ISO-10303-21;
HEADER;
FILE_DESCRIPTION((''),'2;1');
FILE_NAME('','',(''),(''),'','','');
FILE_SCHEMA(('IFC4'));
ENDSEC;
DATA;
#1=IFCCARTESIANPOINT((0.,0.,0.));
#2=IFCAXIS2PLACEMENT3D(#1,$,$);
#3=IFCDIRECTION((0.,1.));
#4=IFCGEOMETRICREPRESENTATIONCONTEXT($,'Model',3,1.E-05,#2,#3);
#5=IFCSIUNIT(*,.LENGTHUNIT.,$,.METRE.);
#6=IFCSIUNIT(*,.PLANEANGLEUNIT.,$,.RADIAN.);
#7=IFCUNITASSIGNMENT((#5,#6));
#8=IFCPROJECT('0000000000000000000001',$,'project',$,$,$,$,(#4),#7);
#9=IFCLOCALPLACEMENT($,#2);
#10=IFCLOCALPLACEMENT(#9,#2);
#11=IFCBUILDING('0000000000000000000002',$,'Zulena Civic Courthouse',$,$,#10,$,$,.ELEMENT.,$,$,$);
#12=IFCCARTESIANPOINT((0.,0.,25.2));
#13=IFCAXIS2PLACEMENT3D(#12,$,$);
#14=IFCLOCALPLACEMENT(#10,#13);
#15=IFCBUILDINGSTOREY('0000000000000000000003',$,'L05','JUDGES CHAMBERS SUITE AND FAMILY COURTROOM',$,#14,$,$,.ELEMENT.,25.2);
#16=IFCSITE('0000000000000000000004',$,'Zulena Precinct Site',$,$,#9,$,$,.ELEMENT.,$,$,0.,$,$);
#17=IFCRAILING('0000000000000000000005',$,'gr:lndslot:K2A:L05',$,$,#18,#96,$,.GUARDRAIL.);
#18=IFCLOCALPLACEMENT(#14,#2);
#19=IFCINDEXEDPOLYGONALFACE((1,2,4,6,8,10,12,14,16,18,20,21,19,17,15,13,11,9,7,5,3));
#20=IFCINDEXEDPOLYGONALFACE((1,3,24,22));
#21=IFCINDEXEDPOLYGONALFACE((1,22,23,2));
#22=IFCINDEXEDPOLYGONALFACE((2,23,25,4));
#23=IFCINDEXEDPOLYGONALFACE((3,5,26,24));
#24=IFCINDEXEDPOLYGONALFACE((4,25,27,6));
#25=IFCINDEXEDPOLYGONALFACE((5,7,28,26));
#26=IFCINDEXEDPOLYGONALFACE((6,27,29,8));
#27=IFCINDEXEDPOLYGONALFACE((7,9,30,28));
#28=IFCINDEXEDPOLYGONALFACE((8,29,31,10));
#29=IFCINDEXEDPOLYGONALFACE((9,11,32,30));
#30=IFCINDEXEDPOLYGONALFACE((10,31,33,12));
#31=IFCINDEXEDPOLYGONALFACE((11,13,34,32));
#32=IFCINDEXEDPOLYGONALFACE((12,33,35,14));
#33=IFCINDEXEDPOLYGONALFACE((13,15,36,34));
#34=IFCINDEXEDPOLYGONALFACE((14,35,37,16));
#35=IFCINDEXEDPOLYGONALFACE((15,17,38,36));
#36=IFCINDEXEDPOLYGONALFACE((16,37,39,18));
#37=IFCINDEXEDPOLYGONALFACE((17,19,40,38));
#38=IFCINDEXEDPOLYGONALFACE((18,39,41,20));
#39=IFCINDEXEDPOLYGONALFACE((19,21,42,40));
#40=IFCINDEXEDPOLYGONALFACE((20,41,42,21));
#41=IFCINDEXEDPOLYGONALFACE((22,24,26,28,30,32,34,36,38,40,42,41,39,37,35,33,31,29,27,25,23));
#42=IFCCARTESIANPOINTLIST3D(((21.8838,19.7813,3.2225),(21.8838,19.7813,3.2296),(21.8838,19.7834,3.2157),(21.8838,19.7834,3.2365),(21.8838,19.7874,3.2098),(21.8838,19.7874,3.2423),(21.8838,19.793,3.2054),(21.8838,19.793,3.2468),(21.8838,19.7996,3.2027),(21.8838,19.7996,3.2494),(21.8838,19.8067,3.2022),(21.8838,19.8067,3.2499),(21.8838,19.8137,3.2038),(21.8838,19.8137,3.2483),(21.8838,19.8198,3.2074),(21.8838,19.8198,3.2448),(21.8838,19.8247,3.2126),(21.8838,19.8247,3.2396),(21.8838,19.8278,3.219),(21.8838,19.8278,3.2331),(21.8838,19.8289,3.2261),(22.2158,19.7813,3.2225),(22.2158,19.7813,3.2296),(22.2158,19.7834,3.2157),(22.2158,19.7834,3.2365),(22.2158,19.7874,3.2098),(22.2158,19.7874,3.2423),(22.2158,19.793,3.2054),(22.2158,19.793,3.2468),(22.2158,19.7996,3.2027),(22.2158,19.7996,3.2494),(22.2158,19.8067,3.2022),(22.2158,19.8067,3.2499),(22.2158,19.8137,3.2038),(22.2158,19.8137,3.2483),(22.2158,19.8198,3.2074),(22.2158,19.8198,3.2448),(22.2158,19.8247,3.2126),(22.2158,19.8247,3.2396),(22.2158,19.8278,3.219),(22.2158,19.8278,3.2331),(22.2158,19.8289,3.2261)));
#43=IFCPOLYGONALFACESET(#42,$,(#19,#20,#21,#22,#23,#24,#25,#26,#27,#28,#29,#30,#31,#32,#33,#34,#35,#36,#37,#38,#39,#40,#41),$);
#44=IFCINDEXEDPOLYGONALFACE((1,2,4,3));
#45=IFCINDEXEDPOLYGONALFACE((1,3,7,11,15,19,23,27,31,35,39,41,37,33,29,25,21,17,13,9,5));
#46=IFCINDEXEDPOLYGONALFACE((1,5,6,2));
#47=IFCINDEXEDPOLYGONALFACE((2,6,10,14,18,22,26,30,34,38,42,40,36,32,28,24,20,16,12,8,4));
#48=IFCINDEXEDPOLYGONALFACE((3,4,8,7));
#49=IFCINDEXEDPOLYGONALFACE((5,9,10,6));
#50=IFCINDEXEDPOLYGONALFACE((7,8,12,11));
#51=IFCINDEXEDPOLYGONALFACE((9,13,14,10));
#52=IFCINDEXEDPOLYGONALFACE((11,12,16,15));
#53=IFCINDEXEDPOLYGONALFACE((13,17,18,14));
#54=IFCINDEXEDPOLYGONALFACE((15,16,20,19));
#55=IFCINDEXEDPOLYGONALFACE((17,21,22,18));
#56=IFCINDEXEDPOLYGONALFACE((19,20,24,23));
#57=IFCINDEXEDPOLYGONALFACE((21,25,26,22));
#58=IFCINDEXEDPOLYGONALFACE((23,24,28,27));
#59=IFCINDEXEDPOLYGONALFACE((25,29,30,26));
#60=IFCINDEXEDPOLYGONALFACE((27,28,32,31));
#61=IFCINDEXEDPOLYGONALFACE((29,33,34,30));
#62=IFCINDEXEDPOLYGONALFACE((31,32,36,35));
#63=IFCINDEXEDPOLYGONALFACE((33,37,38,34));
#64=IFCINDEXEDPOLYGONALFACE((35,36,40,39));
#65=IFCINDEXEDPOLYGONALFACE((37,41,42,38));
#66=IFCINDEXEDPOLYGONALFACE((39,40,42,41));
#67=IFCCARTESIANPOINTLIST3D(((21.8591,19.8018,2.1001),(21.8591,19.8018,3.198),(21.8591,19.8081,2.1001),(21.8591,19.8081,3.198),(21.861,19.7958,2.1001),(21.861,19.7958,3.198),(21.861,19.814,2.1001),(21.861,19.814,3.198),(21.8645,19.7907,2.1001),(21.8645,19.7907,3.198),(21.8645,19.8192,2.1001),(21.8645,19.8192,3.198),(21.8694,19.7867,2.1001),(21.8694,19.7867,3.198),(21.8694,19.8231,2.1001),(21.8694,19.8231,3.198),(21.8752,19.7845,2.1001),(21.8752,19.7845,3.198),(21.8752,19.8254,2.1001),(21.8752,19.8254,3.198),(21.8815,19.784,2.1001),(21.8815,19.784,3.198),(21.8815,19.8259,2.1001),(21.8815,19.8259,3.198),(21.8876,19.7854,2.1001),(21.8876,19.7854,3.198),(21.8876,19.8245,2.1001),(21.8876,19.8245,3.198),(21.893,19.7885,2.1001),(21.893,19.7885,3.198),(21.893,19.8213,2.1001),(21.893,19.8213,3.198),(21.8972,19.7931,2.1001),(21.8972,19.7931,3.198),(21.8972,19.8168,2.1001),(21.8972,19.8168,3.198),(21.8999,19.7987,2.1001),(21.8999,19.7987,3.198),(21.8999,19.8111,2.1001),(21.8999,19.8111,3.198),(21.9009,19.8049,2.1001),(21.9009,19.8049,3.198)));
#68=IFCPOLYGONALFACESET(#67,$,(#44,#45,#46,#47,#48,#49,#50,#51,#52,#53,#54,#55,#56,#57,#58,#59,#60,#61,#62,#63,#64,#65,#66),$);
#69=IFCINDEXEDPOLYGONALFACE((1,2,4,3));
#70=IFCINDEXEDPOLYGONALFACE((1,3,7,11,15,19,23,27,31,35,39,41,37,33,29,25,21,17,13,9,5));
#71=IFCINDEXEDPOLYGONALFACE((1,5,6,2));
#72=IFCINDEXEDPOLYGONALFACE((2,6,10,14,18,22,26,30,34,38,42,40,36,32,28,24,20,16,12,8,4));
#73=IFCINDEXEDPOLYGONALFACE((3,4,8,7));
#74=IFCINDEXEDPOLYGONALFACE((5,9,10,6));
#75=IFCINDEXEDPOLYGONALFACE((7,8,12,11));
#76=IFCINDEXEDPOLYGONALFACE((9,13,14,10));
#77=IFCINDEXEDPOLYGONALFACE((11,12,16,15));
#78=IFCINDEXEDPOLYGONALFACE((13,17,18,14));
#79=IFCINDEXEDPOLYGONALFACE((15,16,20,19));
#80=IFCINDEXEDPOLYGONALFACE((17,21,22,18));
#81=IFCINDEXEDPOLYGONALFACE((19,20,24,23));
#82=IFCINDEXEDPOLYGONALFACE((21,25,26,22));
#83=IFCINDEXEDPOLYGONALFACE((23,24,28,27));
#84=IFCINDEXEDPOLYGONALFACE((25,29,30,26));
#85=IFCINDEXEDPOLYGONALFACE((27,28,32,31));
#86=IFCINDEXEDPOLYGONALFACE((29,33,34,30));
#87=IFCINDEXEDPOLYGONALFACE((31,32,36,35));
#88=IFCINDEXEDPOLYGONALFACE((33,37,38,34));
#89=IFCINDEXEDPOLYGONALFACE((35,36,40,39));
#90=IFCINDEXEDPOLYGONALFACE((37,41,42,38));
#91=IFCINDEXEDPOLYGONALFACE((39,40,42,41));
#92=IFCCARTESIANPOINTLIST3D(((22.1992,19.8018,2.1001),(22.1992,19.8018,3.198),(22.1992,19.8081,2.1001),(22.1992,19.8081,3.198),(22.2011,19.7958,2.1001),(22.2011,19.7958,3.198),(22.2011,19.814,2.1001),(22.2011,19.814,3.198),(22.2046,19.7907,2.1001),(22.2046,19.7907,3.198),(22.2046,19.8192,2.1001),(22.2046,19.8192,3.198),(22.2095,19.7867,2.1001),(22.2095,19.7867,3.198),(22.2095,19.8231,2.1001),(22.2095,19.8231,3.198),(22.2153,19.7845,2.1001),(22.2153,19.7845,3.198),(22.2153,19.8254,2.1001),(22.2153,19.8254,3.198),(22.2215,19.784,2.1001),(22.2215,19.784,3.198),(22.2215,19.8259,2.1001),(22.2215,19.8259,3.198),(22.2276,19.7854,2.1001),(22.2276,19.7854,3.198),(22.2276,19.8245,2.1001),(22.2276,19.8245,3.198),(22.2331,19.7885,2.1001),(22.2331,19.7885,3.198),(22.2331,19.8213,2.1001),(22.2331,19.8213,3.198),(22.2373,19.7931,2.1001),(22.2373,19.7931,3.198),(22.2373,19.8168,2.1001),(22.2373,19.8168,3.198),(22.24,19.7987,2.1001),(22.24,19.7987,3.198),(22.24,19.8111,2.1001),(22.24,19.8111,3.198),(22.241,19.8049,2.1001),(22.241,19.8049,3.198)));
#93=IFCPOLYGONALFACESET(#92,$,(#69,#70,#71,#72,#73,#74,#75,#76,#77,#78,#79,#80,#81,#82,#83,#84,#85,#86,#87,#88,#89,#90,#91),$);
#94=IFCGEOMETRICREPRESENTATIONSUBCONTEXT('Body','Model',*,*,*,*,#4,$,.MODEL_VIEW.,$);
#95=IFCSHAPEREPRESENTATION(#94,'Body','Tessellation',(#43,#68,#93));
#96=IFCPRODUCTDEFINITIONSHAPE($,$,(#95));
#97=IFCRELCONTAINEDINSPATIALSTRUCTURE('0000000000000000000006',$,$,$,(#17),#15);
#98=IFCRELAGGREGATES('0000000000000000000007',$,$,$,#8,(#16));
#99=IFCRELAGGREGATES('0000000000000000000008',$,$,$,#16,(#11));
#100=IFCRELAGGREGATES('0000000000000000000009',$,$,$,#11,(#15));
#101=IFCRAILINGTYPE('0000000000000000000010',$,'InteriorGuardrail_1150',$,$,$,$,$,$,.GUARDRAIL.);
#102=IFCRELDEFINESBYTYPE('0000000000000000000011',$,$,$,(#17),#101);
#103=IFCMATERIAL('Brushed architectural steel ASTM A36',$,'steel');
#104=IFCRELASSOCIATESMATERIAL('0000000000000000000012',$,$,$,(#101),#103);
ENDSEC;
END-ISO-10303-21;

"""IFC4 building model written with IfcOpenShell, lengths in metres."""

from ifc_helpers import new_model, si_unit, direction, frame, origin, origin_2d, place, context, subcontext, project, spatial, circle, extrude, material, type_object, element, save


model = new_model("IFC4")

# Units and contexts
model_context = context("Model", 3, precision=1e-05, world=origin(), true_north=direction((0.0, 1.0)))
body_context = subcontext(model_context, "Body", "Model", "MODEL_VIEW")
ifc_project = project(units=[si_unit("LENGTHUNIT", "METRE"), si_unit("PLANEANGLEUNIT", "RADIAN")], contexts=[model_context])

# Site, building, storey
site_placement = place(None, origin())
site = spatial("IfcSite", under=ifc_project, at=site_placement, Name="Zulena Precinct Site", CompositionType="ELEMENT", RefElevation=0.0)
building_placement = place(site_placement, origin())
building = spatial("IfcBuilding", under=site, at=building_placement, Name="Zulena Civic Courthouse", CompositionType="ELEMENT")
storey_placement = place(building_placement, frame((0.0, 0.0, 25.2)))
storey = spatial("IfcBuildingStorey", under=building, at=storey_placement, Name="L05", Description="JUDGES CHAMBERS SUITE AND FAMILY COURTROOM", CompositionType="ELEMENT", Elevation=25.2)

# Railing
ifc_material_1 = material(Name="Brushed architectural steel ASTM A36", Category="steel")
railing_type_1 = type_object("IfcRailingType", Name="InteriorGuardrail_1150", PredefinedType="GUARDRAIL", material=ifc_material_1)
railing_1_placement = place(storey_placement, frame((21.8799, 19.8049, 2.1001)))
element("IfcRailing", 1, at=railing_1_placement, inside=storey, type_object=railing_type_1, Name="gr:lndslot:K2A:L05", PredefinedType="GUARDRAIL", context=body_context, shape_type="SweptSolid", body=[
    extrude(circle(Radius=0.0239, at=origin_2d()), frame((0.0039, 0.0, 1.126), z_axis=(1.0, 0.0, 0.0), x_axis=(0.0, 1.0, 0.0)), (0.0, 0.0, 1.0), 0.332),
    extrude(circle(Radius=0.021, at=origin_2d()), origin(), (0.0, 0.0, 1.0), 1.0979),
    extrude(circle(Radius=0.021, at=origin_2d()), frame((0.3401, 0.0, 0.0)), (0.0, 0.0, 1.0), 1.0979),
])

save(model, "model.ifc")
